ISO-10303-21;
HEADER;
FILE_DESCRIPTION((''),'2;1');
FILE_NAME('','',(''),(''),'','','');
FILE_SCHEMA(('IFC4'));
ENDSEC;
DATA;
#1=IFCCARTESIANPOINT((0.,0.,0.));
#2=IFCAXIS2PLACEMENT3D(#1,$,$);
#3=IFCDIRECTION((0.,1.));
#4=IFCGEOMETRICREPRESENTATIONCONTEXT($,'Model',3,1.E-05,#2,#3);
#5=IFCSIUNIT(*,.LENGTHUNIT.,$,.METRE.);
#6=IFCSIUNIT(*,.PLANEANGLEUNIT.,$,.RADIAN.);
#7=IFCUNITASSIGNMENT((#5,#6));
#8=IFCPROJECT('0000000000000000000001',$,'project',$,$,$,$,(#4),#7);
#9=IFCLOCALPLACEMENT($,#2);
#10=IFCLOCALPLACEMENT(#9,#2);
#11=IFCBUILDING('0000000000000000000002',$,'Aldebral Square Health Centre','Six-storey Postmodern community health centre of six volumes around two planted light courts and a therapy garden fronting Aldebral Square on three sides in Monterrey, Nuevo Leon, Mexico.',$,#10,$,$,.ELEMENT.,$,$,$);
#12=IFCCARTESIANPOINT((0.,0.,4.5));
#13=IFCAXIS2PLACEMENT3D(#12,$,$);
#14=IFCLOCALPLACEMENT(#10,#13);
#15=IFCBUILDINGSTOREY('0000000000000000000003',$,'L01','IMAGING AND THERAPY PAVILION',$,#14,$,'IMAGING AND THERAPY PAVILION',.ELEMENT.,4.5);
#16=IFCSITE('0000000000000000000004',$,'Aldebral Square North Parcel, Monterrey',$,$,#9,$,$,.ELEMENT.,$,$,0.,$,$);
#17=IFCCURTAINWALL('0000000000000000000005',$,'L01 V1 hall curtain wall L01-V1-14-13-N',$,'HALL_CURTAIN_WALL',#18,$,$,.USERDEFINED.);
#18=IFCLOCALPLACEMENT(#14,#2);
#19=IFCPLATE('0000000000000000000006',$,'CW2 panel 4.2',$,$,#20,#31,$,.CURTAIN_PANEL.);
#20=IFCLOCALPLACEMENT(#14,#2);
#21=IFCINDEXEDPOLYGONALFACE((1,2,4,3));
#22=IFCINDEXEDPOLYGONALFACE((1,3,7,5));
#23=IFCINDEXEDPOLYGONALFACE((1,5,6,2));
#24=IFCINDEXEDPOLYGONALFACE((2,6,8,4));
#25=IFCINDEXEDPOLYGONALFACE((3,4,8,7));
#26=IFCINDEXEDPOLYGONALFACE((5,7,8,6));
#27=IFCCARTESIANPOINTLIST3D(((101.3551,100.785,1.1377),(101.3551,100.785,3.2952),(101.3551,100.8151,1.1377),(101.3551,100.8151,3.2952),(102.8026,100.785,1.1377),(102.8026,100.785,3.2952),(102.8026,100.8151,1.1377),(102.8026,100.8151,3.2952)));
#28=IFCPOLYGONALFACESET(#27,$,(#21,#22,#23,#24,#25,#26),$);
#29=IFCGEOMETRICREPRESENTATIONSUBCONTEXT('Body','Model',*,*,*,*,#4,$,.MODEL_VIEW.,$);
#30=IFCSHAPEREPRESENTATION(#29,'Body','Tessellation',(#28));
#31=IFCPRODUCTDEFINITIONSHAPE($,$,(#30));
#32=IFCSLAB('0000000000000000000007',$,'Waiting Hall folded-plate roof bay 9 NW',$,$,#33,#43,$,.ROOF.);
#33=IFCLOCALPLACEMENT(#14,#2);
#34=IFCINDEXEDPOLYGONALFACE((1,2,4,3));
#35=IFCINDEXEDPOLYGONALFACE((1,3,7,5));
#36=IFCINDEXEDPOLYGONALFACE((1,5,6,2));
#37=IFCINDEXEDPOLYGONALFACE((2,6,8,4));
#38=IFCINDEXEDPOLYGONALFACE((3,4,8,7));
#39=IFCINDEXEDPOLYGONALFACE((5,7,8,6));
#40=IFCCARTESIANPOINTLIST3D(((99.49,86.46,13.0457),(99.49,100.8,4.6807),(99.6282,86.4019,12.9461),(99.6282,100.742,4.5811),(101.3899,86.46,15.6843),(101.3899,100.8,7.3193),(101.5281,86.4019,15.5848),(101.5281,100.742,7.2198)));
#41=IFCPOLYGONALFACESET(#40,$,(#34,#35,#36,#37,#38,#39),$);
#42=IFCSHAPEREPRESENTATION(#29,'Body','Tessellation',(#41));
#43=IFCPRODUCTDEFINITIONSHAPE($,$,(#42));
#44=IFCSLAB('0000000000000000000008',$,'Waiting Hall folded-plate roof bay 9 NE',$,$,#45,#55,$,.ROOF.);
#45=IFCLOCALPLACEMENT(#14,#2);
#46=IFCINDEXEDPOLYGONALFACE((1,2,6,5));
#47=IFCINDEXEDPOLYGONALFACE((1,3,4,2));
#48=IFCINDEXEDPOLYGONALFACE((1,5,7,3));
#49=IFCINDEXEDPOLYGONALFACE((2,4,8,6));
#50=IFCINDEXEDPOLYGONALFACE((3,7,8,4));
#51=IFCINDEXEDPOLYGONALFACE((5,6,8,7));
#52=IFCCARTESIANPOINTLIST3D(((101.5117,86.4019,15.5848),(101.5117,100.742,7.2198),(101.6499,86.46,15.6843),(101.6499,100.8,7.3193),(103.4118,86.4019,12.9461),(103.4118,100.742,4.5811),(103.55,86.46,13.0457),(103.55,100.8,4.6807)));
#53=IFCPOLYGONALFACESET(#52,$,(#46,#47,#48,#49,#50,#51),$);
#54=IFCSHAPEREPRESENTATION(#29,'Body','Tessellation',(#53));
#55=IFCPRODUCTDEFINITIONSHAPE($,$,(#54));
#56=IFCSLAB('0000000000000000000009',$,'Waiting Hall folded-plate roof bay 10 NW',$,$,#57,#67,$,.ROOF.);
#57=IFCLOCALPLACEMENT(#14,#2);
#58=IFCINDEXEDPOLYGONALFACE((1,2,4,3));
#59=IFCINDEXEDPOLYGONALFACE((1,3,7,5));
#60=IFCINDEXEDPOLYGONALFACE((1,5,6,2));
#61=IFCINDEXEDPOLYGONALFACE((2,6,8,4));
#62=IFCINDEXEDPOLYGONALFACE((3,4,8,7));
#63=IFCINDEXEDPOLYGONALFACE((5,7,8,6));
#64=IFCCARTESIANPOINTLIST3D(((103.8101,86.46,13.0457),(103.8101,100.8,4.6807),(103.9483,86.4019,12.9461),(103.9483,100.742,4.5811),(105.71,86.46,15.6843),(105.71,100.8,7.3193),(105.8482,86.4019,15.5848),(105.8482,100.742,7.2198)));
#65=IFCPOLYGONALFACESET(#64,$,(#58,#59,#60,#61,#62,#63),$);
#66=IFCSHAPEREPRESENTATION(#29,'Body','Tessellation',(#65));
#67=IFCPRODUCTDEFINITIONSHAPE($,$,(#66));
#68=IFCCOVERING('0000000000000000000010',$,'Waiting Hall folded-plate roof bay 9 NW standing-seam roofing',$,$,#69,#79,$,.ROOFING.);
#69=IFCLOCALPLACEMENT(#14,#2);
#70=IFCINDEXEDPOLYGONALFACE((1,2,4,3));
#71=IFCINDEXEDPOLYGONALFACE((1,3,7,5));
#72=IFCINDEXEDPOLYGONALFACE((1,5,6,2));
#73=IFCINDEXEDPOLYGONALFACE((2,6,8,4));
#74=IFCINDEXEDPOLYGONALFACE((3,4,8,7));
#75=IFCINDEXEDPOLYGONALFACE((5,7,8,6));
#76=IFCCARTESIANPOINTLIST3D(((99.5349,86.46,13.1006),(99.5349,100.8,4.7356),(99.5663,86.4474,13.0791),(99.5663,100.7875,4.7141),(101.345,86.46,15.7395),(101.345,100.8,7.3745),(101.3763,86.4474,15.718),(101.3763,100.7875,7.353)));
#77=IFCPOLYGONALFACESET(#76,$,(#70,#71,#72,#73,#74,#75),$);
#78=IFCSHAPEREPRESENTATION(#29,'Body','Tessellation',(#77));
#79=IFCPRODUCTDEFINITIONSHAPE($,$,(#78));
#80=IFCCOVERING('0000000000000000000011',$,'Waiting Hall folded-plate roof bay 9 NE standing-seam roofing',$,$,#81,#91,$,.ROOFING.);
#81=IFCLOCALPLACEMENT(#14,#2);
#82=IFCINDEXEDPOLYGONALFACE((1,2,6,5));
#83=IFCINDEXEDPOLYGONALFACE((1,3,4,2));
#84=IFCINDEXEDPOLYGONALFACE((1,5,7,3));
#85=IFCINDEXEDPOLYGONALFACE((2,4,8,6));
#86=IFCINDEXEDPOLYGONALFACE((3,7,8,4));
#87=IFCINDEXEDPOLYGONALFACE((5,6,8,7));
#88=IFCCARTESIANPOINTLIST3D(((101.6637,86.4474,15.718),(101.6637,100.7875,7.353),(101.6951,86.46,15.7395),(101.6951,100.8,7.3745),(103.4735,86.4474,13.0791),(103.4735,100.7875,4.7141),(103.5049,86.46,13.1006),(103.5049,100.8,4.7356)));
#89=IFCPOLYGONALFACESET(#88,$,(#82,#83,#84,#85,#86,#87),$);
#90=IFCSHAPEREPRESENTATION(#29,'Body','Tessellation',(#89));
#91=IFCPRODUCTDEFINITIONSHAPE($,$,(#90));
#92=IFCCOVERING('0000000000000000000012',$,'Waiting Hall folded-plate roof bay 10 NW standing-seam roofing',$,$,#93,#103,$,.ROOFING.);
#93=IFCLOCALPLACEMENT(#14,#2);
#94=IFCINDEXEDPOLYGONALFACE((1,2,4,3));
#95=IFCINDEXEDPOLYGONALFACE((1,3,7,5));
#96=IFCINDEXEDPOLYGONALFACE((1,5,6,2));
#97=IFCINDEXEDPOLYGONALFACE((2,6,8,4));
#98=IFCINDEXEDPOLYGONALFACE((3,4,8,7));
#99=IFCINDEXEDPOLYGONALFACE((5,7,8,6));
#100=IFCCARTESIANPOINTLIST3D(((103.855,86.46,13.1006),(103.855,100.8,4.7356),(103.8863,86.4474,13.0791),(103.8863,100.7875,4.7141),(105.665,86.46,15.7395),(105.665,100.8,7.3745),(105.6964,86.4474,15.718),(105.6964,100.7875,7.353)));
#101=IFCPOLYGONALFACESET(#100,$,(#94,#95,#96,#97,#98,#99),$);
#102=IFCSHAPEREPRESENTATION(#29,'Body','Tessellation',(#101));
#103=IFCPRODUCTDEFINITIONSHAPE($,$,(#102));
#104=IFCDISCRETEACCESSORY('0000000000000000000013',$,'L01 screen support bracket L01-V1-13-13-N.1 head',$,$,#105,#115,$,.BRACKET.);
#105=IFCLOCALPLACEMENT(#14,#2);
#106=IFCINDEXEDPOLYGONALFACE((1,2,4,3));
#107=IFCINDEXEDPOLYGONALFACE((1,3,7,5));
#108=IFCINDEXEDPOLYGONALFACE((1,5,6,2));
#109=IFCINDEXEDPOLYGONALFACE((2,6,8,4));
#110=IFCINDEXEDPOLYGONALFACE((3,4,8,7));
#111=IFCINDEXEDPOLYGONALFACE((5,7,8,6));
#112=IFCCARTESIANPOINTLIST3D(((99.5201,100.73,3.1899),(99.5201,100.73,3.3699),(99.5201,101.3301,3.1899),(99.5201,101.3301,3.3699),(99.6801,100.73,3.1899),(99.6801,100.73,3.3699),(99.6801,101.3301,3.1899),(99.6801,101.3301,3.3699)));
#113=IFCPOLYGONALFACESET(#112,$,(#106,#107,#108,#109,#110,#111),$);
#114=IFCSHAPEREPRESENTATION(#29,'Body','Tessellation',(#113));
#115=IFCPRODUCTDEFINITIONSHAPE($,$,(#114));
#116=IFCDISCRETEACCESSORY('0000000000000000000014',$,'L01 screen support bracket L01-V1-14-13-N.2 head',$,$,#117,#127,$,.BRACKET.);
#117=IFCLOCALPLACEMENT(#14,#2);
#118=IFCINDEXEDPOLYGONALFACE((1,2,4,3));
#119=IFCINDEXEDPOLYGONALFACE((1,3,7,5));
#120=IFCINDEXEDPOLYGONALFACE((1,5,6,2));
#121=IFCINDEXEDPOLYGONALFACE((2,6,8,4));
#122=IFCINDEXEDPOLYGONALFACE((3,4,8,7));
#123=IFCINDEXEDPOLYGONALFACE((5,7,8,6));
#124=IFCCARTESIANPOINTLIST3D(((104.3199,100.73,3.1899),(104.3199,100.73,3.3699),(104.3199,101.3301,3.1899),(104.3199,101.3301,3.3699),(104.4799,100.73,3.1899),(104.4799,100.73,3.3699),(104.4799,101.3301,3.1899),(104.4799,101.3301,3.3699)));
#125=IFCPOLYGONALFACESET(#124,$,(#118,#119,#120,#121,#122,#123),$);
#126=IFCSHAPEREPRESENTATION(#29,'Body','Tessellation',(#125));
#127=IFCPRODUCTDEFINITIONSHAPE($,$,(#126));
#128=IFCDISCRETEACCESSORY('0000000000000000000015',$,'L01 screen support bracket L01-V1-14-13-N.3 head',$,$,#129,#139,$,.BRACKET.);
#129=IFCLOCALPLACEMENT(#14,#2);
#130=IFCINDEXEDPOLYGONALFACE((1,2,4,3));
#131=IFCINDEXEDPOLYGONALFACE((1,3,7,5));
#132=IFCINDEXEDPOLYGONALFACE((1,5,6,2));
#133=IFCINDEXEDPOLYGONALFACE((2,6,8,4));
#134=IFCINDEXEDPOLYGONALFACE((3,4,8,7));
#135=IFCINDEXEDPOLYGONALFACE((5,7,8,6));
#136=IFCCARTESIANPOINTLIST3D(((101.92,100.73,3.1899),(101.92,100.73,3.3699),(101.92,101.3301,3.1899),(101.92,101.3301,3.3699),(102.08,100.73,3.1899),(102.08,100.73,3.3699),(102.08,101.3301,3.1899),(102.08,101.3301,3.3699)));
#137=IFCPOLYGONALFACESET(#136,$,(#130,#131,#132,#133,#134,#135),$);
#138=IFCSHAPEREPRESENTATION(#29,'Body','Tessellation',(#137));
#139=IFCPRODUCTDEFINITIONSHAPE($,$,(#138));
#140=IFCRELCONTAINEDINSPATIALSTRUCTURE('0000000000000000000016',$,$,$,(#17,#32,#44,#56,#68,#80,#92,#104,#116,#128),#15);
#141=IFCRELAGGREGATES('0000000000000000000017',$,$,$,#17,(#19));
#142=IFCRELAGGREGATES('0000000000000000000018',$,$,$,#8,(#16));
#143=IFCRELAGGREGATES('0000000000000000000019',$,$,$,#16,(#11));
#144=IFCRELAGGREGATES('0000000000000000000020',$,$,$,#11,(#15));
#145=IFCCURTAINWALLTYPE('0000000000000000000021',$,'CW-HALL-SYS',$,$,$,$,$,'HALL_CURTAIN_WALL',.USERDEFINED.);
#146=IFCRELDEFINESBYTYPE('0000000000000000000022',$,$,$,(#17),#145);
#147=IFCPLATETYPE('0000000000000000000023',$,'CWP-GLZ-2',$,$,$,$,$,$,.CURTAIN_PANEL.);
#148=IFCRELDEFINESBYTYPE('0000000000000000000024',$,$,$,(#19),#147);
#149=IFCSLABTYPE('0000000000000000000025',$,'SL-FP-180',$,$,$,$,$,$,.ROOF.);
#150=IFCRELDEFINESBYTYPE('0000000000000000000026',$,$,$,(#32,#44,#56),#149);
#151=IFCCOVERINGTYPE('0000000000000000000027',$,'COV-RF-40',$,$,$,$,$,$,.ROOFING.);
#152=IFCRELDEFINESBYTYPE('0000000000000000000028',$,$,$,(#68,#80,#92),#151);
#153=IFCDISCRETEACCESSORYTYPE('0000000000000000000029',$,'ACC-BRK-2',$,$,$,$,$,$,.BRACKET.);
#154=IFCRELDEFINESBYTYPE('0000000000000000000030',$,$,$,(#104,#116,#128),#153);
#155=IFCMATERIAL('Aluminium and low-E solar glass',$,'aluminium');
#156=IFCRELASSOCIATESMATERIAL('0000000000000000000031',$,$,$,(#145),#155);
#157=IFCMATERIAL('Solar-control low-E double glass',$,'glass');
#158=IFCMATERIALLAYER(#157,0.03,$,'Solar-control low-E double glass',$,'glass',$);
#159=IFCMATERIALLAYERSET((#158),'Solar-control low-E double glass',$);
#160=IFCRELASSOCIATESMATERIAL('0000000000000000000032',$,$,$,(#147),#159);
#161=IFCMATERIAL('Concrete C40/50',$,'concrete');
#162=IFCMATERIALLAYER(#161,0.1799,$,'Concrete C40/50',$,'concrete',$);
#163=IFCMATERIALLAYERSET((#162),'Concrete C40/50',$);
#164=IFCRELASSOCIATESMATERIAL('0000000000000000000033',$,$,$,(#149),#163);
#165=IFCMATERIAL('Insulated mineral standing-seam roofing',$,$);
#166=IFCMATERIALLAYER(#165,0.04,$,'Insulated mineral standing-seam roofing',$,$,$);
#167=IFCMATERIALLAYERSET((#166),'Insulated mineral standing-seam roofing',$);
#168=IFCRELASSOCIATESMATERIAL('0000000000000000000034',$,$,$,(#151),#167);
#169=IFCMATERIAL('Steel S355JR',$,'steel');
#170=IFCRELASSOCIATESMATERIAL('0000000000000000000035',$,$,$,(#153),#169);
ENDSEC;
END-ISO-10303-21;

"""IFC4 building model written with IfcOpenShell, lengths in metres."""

from ifc_helpers import new_model, si_unit, direction, frame, origin, origin_2d, place, context, subcontext, project, spatial, polyline, rectangle, outline, extrude, material, layer, layer_set, type_object, element, aggregate, save


model = new_model("IFC4")

# Units and contexts
model_context = context("Model", 3, precision=1e-05, world=origin(), true_north=direction((0.0, 1.0)))
body_context = subcontext(model_context, "Body", "Model", "MODEL_VIEW")
ifc_project = project(units=[si_unit("LENGTHUNIT", "METRE"), si_unit("PLANEANGLEUNIT", "RADIAN")], contexts=[model_context])

# Site, building, storey
site_placement = place(None, origin())
site = spatial("IfcSite", under=ifc_project, at=site_placement, Name="Aldebral Square North Parcel, Monterrey", CompositionType="ELEMENT", RefElevation=0.0)
building_placement = place(site_placement, origin())
building = spatial("IfcBuilding", under=site, at=building_placement, Name="Aldebral Square Health Centre", Description="Six-storey Postmodern community health centre of six volumes around two planted light courts and a therapy garden fronting Aldebral Square on three sides in Monterrey, Nuevo Leon, Mexico.", CompositionType="ELEMENT")
storey_placement = place(building_placement, frame((0.0, 0.0, 4.5)))
storey = spatial("IfcBuildingStorey", under=building, at=storey_placement, Name="L01", Description="IMAGING AND THERAPY PAVILION", LongName="IMAGING AND THERAPY PAVILION", CompositionType="ELEMENT", Elevation=4.5)

# Shared definitions
ifc_material_1 = material(Name="Concrete C40/50", Category="concrete")

# Shared definitions
ifc_material_2 = material(Name="Aluminium and low-E solar glass", Category="aluminium")
curtain_wall_type = type_object("IfcCurtainWallType", Name="CW-HALL-SYS", ElementType="HALL_CURTAIN_WALL", PredefinedType="USERDEFINED", material=ifc_material_2)

# Curtain wall
curtain_wall_1_placement = place(storey_placement, origin())
curtain_wall_1 = element("IfcCurtainWall", 1, at=curtain_wall_1_placement, inside=storey, type_object=curtain_wall_type, Name="L01 V1 hall curtain wall L01-V1-14-13-N", ObjectType="HALL_CURTAIN_WALL", PredefinedType="USERDEFINED")

# Plate
ifc_material_3 = material(Name="Solar-control low-E double glass", Category="glass")
ifc_layer_1 = layer(ifc_material_3, 0.03, Name="Solar-control low-E double glass", Category="glass")
ifc_layer_set_1 = layer_set([ifc_layer_1], Name="Solar-control low-E double glass")
plate_type = type_object("IfcPlateType", Name="CWP-GLZ-2", PredefinedType="CURTAIN_PANEL", material=ifc_layer_set_1)
plate_1_placement = place(storey_placement, frame((102.0789, 100.8, 1.1377), z_axis=(0.0, 0.0, 1.0), x_axis=(-1.0, 0.0, 0.0)))
plate_1 = element("IfcPlate", 2, at=plate_1_placement, type_object=plate_type, Name="CW2 panel 4.2", PredefinedType="CURTAIN_PANEL", context=body_context, shape_type="SweptSolid", body=[
    extrude(rectangle(XDim=1.4475, YDim=0.03, at=origin_2d()), origin(), (0.0, 0.0, 1.0), 2.1575),
])
aggregate(curtain_wall_1, [plate_1])

# Slabs
ifc_layer_2 = layer(ifc_material_1, 0.1799, Name="Concrete C40/50", Category="concrete")
ifc_layer_set_2 = layer_set([ifc_layer_2], Name="Concrete C40/50")
slab_type = type_object("IfcSlabType", Name="SL-FP-180", PredefinedType="ROOF", material=ifc_layer_set_2)
slab_1_placement = place(storey_placement, frame((101.3899, 100.8, 7.3193), z_axis=(-0.768132, 0.322623, 0.553072), x_axis=(-0.584317, 0.0, -0.811526)))
element("IfcSlab", 3, at=slab_1_placement, inside=storey, type_object=slab_type, Name="Waiting Hall folded-plate roof bay 9 NW", PredefinedType="ROOF", context=body_context, shape_type="SweptSolid", body=[
    extrude(outline(polyline([(0.0, 0.0), (3.2515, 0.0), (-3.5369, 15.1502), (-6.7884, 15.1502), (0.0, 0.0)])), origin(), (0.0, 0.0, -1.0), 0.1799),
])
slab_2_placement = place(storey_placement, frame((103.55, 100.8, 4.6807), z_axis=(0.768091, 0.322647, 0.553114), x_axis=(-0.584366, 0.0, 0.81149)))
element("IfcSlab", 4, at=slab_2_placement, inside=storey, type_object=slab_type, Name="Waiting Hall folded-plate roof bay 9 NE", PredefinedType="ROOF", context=body_context, shape_type="SweptSolid", body=[
    extrude(outline(polyline([(0.0, 0.0), (3.2516, 0.0), (10.0397, 15.1503), (6.7881, 15.1503), (0.0, 0.0)])), origin(), (0.0, 0.0, -1.0), 0.1799),
])
slab_3_placement = place(storey_placement, frame((105.71, 100.8, 7.3193), z_axis=(-0.768132, 0.322623, 0.553072), x_axis=(-0.584317, 0.0, -0.811526)))
element("IfcSlab", 5, at=slab_3_placement, inside=storey, type_object=slab_type, Name="Waiting Hall folded-plate roof bay 10 NW", PredefinedType="ROOF", context=body_context, shape_type="SweptSolid", body=[
    extrude(outline(polyline([(0.0, 0.0), (3.2515, 0.0), (-3.5369, 15.1502), (-6.7884, 15.1502), (0.0, 0.0)])), origin(), (0.0, 0.0, -1.0), 0.1799),
])

# Coverings
ifc_material_4 = material(Name="Insulated mineral standing-seam roofing")
ifc_layer_3 = layer(ifc_material_4, 0.04, Name="Insulated mineral standing-seam roofing")
ifc_layer_set_3 = layer_set([ifc_layer_3], Name="Insulated mineral standing-seam roofing")
covering_type = type_object("IfcCoveringType", Name="COV-RF-40", PredefinedType="ROOFING", material=ifc_layer_set_3)
covering_1_placement = place(storey_placement, frame((101.345, 100.8, 7.3745), z_axis=(-0.783126, 0.313337, 0.537154), x_axis=(-0.565638, 0.0, -0.824654)))
element("IfcCovering", 6, at=covering_1_placement, inside=storey, type_object=covering_type, Name="Waiting Hall folded-plate roof bay 9 NW standing-seam roofing", PredefinedType="ROOFING", context=body_context, shape_type="SweptSolid", body=[
    extrude(outline(polyline([(0.0, 0.0), (3.2, 0.0), (-3.6982, 15.1005), (-6.8982, 15.1005), (0.0, 0.0)])), origin(), (0.0, 0.0, -1.0), 0.04),
])
covering_2_placement = place(storey_placement, frame((103.5049, 100.8, 4.7356), z_axis=(0.783166, 0.313311, 0.537109), x_axis=(-0.565586, 0.0, 0.824689)))
element("IfcCovering", 7, at=covering_2_placement, inside=storey, type_object=covering_type, Name="Waiting Hall folded-plate roof bay 9 NE standing-seam roofing", PredefinedType="ROOFING", context=body_context, shape_type="SweptSolid", body=[
    extrude(outline(polyline([(0.0, 0.0), (3.1999, 0.0), (10.0984, 15.1004), (6.8985, 15.1004), (0.0, 0.0)])), origin(), (0.0, 0.0, -1.0), 0.04),
])
covering_3_placement = place(storey_placement, frame((105.665, 100.8, 7.3745), z_axis=(-0.783126, 0.313337, 0.537154), x_axis=(-0.565638, 0.0, -0.824654)))
element("IfcCovering", 8, at=covering_3_placement, inside=storey, type_object=covering_type, Name="Waiting Hall folded-plate roof bay 10 NW standing-seam roofing", PredefinedType="ROOFING", context=body_context, shape_type="SweptSolid", body=[
    extrude(outline(polyline([(0.0, 0.0), (3.2, 0.0), (-3.6982, 15.1005), (-6.8982, 15.1005), (0.0, 0.0)])), origin(), (0.0, 0.0, -1.0), 0.04),
])

# Discrete accessories
ifc_material_5 = material(Name="Steel S355JR", Category="steel")
discrete_accessory_type = type_object("IfcDiscreteAccessoryType", Name="ACC-BRK-2", PredefinedType="BRACKET", material=ifc_material_5)
for number, where, z_axis, x_axis, name in (
    (9, (99.6001, 101.03, 3.1899), (0.0, 0.0, 1.0), (1.0, 0.0, 0.0), "L01 screen support bracket L01-V1-13-13-N.1 head"),
    (10, (104.3999, 101.03, 3.1899), (0.0, 0.0, 1.0), (1.0, 0.0, 0.0), "L01 screen support bracket L01-V1-14-13-N.2 head"),
    (11, (102.0, 101.03, 3.1899), (0.0, 0.0, 1.0), (1.0, 0.0, 0.0), "L01 screen support bracket L01-V1-14-13-N.3 head"),
):
    element("IfcDiscreteAccessory", number, at=place(storey_placement, frame(where, z_axis=z_axis, x_axis=x_axis)), inside=storey, type_object=discrete_accessory_type, Name=name, PredefinedType="BRACKET", context=body_context, shape_type="SweptSolid", body=[
        extrude(rectangle(XDim=0.1599, YDim=0.6001, at=origin_2d()), origin(), (0.0, 0.0, 1.0), 0.1799),
    ])

save(model, "model.ifc")
